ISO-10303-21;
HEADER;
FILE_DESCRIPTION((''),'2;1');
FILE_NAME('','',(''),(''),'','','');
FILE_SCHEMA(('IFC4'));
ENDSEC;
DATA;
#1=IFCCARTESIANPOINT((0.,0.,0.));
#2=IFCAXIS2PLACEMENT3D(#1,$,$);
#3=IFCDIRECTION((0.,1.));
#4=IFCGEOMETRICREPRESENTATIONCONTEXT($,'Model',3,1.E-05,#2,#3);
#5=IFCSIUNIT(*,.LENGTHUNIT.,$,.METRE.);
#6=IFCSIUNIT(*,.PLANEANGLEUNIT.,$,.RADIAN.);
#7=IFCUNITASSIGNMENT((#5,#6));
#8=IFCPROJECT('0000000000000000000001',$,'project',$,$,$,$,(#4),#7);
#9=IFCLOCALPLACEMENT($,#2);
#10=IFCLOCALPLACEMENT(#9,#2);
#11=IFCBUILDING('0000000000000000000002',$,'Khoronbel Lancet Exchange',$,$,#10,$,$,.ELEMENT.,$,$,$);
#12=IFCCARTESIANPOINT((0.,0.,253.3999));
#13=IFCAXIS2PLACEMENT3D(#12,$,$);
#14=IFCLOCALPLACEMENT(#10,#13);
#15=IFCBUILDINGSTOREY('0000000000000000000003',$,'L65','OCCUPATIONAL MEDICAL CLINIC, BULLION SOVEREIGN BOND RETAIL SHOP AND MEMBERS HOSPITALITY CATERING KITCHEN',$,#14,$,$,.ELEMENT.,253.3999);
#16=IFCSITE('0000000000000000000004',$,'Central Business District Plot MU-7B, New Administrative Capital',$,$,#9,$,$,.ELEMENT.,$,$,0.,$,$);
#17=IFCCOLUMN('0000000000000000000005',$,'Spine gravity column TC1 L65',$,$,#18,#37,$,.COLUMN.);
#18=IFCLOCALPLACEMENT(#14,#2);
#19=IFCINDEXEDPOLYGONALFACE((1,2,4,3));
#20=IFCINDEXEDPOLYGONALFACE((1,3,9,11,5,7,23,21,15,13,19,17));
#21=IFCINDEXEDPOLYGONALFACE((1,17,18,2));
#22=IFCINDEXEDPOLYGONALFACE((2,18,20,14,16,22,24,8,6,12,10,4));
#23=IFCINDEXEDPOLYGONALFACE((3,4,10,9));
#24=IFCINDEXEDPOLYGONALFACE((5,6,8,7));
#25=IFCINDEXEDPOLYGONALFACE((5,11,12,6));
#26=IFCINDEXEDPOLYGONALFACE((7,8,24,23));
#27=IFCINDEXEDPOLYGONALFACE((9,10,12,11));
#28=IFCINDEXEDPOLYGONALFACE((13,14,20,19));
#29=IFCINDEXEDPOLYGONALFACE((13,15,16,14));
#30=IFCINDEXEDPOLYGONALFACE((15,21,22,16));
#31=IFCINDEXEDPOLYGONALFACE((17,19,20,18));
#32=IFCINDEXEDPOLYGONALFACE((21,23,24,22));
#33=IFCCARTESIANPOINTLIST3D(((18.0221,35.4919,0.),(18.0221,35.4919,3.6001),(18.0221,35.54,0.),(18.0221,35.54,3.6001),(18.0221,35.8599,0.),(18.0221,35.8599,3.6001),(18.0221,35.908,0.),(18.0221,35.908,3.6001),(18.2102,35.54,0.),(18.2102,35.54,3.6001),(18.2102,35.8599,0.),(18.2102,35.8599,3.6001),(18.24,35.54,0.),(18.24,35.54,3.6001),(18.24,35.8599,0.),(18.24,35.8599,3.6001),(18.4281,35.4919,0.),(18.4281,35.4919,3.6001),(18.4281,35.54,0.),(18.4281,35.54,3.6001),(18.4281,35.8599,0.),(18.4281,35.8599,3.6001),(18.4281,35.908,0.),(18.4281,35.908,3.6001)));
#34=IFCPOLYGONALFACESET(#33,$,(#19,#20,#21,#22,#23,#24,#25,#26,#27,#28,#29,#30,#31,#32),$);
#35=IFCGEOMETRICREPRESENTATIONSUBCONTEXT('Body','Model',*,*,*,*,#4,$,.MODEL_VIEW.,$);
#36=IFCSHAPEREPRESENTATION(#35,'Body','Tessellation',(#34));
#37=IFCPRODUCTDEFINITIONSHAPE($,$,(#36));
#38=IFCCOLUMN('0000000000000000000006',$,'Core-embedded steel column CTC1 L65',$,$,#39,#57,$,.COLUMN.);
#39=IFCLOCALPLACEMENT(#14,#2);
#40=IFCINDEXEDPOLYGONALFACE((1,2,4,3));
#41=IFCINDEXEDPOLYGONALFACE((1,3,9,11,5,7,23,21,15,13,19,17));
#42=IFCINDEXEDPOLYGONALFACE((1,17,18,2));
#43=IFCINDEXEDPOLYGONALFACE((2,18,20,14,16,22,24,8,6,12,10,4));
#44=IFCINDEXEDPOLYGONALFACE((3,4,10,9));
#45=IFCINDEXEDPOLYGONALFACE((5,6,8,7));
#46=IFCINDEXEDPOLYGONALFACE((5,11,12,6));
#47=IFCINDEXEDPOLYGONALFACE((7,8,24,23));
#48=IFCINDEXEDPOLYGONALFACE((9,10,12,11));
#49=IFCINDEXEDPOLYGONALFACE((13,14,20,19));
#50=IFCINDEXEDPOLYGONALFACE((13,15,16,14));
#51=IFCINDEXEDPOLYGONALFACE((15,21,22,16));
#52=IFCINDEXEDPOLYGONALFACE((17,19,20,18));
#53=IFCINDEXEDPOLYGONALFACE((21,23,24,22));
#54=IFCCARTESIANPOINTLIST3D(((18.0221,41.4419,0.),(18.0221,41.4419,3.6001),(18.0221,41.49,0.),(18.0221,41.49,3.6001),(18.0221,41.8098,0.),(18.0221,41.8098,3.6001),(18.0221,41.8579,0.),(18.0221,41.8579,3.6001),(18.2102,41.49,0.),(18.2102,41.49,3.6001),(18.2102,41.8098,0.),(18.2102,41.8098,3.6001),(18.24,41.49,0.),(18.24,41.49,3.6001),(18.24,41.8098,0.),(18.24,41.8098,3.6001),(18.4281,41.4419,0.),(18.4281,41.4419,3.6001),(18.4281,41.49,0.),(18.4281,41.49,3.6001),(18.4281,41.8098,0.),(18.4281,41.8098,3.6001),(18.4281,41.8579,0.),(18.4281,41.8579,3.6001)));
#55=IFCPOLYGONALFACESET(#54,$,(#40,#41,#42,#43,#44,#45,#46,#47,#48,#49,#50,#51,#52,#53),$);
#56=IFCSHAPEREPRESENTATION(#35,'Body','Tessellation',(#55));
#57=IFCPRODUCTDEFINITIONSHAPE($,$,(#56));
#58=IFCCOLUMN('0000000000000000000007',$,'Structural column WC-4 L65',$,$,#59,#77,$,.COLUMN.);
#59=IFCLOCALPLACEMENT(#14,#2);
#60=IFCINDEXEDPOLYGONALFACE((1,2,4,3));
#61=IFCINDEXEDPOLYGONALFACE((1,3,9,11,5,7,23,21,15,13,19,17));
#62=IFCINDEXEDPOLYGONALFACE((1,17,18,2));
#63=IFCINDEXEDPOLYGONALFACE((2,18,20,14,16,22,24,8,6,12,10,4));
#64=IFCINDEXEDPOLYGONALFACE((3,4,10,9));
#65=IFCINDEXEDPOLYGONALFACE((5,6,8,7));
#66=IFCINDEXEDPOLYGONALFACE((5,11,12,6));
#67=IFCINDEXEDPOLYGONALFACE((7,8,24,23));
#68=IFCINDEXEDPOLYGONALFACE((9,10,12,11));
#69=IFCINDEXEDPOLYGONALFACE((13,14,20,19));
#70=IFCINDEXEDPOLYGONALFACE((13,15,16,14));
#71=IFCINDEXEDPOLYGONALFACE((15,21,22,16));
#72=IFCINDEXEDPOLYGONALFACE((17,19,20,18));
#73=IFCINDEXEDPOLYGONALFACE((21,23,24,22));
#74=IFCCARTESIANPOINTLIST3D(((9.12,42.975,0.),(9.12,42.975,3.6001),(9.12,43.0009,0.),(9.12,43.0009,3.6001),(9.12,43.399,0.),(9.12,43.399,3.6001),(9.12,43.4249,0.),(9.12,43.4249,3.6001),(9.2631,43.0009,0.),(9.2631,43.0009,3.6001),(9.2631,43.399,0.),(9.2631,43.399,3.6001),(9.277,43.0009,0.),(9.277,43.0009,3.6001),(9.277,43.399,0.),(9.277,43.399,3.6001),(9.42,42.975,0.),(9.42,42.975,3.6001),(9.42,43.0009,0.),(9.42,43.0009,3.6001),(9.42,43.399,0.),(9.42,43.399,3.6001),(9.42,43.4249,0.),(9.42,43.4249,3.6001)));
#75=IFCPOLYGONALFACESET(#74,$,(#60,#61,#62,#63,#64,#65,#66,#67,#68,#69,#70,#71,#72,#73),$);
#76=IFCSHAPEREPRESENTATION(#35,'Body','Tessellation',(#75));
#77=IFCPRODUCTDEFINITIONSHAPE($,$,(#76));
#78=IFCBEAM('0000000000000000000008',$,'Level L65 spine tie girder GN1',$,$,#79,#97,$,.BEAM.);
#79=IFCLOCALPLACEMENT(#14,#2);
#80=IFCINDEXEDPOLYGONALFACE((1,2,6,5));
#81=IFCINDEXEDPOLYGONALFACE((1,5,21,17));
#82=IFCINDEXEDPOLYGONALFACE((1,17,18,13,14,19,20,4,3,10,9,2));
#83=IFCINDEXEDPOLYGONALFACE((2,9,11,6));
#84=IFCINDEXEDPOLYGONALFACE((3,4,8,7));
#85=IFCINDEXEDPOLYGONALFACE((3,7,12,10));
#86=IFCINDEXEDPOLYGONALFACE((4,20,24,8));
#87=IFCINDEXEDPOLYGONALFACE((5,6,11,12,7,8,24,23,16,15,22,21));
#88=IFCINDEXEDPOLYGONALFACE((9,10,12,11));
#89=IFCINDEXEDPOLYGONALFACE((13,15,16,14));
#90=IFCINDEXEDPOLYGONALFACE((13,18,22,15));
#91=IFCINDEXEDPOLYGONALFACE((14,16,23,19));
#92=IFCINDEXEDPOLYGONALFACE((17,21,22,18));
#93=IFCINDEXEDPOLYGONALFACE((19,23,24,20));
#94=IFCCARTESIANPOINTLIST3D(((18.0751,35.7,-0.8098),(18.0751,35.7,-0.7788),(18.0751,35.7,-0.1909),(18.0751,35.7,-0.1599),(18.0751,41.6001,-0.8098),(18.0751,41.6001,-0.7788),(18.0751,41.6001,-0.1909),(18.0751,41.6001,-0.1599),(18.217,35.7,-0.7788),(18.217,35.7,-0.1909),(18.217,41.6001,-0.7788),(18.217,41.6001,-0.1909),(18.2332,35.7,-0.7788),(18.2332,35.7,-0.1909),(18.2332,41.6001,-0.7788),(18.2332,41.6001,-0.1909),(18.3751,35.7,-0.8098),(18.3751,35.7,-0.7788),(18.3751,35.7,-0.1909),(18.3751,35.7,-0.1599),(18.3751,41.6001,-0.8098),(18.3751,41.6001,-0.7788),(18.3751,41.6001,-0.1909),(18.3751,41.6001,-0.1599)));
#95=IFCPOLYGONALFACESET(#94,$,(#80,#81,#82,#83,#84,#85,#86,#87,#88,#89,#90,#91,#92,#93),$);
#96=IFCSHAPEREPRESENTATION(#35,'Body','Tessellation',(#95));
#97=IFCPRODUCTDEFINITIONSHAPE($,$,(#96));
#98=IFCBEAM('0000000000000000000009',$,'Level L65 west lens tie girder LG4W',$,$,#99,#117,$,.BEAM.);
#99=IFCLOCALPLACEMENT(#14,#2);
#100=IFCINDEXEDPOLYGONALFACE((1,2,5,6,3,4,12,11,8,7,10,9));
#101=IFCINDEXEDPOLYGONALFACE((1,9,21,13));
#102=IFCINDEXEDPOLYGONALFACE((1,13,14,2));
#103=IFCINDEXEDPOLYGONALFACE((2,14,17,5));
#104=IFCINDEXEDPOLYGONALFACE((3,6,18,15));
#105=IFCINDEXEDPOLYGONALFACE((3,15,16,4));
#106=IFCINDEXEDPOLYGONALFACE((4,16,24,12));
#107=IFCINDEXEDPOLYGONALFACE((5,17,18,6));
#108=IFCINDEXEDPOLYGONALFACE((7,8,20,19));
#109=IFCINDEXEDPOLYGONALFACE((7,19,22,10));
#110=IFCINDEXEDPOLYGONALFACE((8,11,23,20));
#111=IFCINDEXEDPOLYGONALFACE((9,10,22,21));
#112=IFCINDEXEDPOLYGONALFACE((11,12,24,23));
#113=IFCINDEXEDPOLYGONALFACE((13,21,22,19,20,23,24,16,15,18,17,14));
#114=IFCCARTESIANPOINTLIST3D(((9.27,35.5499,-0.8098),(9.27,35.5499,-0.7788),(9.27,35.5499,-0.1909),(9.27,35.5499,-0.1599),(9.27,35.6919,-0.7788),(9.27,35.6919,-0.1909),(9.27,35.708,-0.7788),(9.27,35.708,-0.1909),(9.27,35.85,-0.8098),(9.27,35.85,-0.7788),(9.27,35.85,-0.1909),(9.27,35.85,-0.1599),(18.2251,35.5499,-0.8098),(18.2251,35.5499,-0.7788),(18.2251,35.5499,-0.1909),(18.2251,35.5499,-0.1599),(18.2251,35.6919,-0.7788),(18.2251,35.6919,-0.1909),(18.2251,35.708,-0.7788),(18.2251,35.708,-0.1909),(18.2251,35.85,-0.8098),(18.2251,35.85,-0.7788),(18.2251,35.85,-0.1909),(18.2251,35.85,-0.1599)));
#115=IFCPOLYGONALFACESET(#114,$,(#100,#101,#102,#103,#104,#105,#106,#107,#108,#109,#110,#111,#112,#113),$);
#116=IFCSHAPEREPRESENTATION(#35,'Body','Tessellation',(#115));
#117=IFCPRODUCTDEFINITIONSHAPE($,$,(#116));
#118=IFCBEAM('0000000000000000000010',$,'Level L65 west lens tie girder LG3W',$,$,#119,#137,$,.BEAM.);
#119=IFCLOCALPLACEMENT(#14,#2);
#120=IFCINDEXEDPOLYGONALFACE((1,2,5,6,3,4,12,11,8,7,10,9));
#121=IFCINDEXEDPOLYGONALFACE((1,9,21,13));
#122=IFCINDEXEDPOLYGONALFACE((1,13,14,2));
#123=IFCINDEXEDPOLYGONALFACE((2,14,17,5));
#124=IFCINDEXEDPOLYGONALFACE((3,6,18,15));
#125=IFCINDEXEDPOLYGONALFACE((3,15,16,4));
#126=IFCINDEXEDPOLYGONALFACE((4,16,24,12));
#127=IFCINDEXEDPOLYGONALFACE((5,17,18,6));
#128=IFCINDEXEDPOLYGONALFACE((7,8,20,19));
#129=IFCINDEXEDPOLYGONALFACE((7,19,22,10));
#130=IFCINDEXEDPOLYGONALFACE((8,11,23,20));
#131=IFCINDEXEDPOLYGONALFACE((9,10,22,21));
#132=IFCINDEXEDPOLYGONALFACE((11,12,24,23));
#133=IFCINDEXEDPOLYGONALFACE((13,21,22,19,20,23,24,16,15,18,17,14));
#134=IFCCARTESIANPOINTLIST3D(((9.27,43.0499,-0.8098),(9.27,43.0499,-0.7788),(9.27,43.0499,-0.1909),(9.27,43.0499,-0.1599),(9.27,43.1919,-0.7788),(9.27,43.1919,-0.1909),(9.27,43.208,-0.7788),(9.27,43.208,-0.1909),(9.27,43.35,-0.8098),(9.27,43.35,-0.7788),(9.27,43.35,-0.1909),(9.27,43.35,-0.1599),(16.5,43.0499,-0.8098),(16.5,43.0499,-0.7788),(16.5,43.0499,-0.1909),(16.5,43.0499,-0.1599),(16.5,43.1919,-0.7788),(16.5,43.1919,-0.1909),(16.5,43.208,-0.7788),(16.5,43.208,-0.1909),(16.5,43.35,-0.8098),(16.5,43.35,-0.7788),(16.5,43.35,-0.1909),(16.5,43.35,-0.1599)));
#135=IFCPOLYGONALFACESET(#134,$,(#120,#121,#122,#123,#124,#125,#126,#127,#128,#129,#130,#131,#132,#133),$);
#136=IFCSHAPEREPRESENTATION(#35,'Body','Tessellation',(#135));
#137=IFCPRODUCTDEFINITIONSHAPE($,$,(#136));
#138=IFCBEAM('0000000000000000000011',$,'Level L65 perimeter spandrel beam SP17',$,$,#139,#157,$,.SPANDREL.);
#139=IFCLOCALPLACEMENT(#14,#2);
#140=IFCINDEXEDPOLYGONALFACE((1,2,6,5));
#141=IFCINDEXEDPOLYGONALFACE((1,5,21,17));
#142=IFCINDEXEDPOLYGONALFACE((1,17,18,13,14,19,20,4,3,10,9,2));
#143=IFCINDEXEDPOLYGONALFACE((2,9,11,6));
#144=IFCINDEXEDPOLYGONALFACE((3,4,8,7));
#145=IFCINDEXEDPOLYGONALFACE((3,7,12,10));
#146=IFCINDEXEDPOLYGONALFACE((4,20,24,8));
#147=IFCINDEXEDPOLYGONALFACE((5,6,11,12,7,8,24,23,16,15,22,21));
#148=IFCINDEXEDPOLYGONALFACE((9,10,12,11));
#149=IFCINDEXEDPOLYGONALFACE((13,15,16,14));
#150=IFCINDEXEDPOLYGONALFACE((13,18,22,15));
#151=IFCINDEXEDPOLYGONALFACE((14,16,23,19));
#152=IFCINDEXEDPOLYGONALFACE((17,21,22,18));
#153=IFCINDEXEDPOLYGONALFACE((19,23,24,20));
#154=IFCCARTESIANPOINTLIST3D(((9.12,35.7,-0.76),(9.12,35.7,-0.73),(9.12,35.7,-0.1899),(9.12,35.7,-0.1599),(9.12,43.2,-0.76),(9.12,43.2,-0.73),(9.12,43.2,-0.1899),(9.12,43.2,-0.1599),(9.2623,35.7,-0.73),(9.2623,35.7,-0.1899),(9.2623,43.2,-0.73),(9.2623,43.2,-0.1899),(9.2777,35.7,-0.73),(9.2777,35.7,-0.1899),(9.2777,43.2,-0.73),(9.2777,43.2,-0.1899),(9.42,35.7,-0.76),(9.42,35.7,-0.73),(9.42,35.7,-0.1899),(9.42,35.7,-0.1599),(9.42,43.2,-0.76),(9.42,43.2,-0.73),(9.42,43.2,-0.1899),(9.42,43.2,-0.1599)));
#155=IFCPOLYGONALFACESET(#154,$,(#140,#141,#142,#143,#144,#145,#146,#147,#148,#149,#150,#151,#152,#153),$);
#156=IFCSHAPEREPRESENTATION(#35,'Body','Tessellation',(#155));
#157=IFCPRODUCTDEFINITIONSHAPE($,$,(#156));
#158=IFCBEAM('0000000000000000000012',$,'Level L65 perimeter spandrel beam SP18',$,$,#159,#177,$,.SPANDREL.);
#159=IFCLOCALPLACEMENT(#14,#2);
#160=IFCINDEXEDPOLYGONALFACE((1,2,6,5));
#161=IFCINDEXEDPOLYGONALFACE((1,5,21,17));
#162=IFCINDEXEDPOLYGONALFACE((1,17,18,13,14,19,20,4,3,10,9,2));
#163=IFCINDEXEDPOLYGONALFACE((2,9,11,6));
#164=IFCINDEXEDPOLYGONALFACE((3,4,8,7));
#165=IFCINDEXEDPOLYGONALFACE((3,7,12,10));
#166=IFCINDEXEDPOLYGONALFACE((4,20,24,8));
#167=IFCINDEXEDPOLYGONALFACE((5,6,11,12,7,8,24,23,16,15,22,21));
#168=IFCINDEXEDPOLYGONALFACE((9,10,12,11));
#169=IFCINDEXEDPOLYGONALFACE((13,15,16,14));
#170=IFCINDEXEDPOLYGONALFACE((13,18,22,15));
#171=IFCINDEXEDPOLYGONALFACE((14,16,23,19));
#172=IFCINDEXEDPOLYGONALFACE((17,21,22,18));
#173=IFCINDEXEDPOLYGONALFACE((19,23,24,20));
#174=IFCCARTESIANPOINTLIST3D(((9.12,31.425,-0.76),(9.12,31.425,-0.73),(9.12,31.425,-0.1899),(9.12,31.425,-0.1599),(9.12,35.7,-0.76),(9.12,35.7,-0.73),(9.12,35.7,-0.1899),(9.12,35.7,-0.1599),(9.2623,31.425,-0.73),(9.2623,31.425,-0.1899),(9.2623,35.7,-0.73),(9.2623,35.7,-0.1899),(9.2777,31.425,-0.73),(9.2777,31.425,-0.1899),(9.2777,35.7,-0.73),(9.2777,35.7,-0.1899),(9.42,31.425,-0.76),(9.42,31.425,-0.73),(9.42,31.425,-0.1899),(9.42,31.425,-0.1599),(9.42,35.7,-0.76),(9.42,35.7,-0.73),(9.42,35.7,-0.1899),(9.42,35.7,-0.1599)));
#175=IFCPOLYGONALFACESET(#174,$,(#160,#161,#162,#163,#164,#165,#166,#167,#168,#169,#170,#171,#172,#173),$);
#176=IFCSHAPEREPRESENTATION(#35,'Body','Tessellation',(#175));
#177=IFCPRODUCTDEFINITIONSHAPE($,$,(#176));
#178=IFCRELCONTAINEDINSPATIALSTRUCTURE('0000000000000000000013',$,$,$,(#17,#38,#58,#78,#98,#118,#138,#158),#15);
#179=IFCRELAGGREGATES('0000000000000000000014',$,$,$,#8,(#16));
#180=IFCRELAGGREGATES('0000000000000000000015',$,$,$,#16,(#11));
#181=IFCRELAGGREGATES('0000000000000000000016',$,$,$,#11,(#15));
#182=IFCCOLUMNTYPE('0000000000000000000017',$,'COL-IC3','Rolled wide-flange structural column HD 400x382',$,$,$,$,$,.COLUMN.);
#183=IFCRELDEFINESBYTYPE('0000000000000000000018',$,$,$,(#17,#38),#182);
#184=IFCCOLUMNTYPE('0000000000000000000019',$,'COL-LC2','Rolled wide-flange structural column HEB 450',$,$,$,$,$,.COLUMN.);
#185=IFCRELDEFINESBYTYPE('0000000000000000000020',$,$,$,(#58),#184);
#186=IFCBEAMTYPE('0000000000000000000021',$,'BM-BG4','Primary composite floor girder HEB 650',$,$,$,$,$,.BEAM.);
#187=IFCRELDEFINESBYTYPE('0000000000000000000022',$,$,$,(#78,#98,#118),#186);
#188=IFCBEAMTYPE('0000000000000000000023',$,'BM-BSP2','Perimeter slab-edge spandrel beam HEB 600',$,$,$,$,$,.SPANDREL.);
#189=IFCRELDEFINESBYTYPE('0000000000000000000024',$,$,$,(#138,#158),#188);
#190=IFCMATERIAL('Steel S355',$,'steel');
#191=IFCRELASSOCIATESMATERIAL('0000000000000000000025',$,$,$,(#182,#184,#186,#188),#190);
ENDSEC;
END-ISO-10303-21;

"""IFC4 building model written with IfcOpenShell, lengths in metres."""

from ifc_helpers import new_model, si_unit, direction, frame, origin, origin_2d, place, context, subcontext, project, spatial, i_section, extrude, material, material_profile, profile_set, type_object, element, save


model = new_model("IFC4")

# Units and contexts
model_context = context("Model", 3, precision=1e-05, world=origin(), true_north=direction((0.0, 1.0)))
body_context = subcontext(model_context, "Body", "Model", "MODEL_VIEW")
ifc_project = project(units=[si_unit("LENGTHUNIT", "METRE"), si_unit("PLANEANGLEUNIT", "RADIAN")], contexts=[model_context])

# Site, building, storey
site_placement = place(None, origin())
site = spatial("IfcSite", under=ifc_project, at=site_placement, Name="Central Business District Plot MU-7B, New Administrative Capital", CompositionType="ELEMENT", RefElevation=0.0)
building_placement = place(site_placement, origin())
building = spatial("IfcBuilding", under=site, at=building_placement, Name="Khoronbel Lancet Exchange", CompositionType="ELEMENT")
storey_placement = place(building_placement, frame((0.0, 0.0, 253.3999)))
storey = spatial("IfcBuildingStorey", under=building, at=storey_placement, Name="L65", Description="OCCUPATIONAL MEDICAL CLINIC, BULLION SOVEREIGN BOND RETAIL SHOP AND MEMBERS HOSPITALITY CATERING KITCHEN", CompositionType="ELEMENT", Elevation=253.3999)

# Columns
ifc_material_1 = material(Name="Steel S355", Category="steel")
ifc_material_profile_1 = material_profile(ifc_material_1, i_section(OverallWidth=0.406, OverallDepth=0.416, WebThickness=0.0298, FlangeThickness=0.0481, at=origin_2d()), Name="HD 400x382")
ifc_profile_set_1 = profile_set([ifc_material_profile_1], Name="Steel S355")
column_type_1 = type_object("IfcColumnType", Name="COL-IC3", Description="Rolled wide-flange structural column HD 400x382", PredefinedType="COLUMN", material=ifc_profile_set_1)
for number, where, z_axis, x_axis, name in (
    (1, (18.2251, 35.7, 0.0), (0.0, 0.0, 1.0), (1.0, 0.0, 0.0), "Spine gravity column TC1 L65"),
    (2, (18.2251, 41.6499, 0.0), (0.0, 0.0, 1.0), (1.0, 0.0, 0.0), "Core-embedded steel column CTC1 L65"),
):
    element("IfcColumn", number, at=place(storey_placement, frame(where, z_axis=z_axis, x_axis=x_axis)), inside=storey, type_object=column_type_1, Name=name, PredefinedType="COLUMN", context=body_context, shape_type="SweptSolid", body=[
        extrude(i_section(OverallWidth=0.406, OverallDepth=0.416, WebThickness=0.0298, FlangeThickness=0.0481, at=origin_2d()), origin(), (0.0, 0.0, 1.0), 3.6001),
    ])
ifc_material_profile_2 = material_profile(ifc_material_1, i_section(OverallWidth=0.3, OverallDepth=0.45, WebThickness=0.0139, FlangeThickness=0.0259, at=origin_2d()), Name="HEB 450")
ifc_profile_set_2 = profile_set([ifc_material_profile_2], Name="Steel S355")
column_type_2 = type_object("IfcColumnType", Name="COL-LC2", Description="Rolled wide-flange structural column HEB 450", PredefinedType="COLUMN", material=ifc_profile_set_2)
column_placement = place(storey_placement, frame((9.27, 43.2, 0.0), z_axis=(0.0, 0.0, 1.0), x_axis=(1.0, 0.0, 0.0)))
element("IfcColumn", 3, at=column_placement, inside=storey, type_object=column_type_2, Name="Structural column WC-4 L65", PredefinedType="COLUMN", context=body_context, shape_type="SweptSolid", body=[
    extrude(i_section(OverallWidth=0.3, OverallDepth=0.45, WebThickness=0.0139, FlangeThickness=0.0259, at=origin_2d()), origin(), (0.0, 0.0, 1.0), 3.6001),
])

# Beams
ifc_material_profile_3 = material_profile(ifc_material_1, i_section(OverallWidth=0.3, OverallDepth=0.6499, WebThickness=0.0161, FlangeThickness=0.031, at=origin_2d()), Name="HEB 650")
ifc_profile_set_3 = profile_set([ifc_material_profile_3], Name="Steel S355")
beam_type_1 = type_object("IfcBeamType", Name="BM-BG4", Description="Primary composite floor girder HEB 650", PredefinedType="BEAM", material=ifc_profile_set_3)
beam_1_placement = place(storey_placement, frame((18.2251, 35.7, -0.4849), z_axis=(0.0, 1.0, 0.0), x_axis=(-1.0, 0.0, 0.0)))
element("IfcBeam", 4, at=beam_1_placement, inside=storey, type_object=beam_type_1, Name="Level L65 spine tie girder GN1", PredefinedType="BEAM", context=body_context, shape_type="SweptSolid", body=[
    extrude(i_section(OverallWidth=0.3, OverallDepth=0.6499, WebThickness=0.0161, FlangeThickness=0.031, at=origin_2d()), origin(), (0.0, 0.0, 1.0), 5.9001),
])
beam_2_placement = place(storey_placement, frame((9.27, 35.7, -0.4849), z_axis=(1.0, 0.0, 0.0), x_axis=(0.0, 1.0, 0.0)))
element("IfcBeam", 5, at=beam_2_placement, inside=storey, type_object=beam_type_1, Name="Level L65 west lens tie girder LG4W", PredefinedType="BEAM", context=body_context, shape_type="SweptSolid", body=[
    extrude(i_section(OverallWidth=0.3, OverallDepth=0.6499, WebThickness=0.0161, FlangeThickness=0.031, at=origin_2d()), origin(), (0.0, 0.0, 1.0), 8.9551),
])
beam_3_placement = place(storey_placement, frame((9.27, 43.2, -0.4849), z_axis=(1.0, 0.0, 0.0), x_axis=(0.0, 1.0, 0.0)))
element("IfcBeam", 6, at=beam_3_placement, inside=storey, type_object=beam_type_1, Name="Level L65 west lens tie girder LG3W", PredefinedType="BEAM", context=body_context, shape_type="SweptSolid", body=[
    extrude(i_section(OverallWidth=0.3, OverallDepth=0.6499, WebThickness=0.0161, FlangeThickness=0.031, at=origin_2d()), origin(), (0.0, 0.0, 1.0), 7.23),
])
ifc_material_profile_4 = material_profile(ifc_material_1, i_section(OverallWidth=0.3, OverallDepth=0.6001, WebThickness=0.0154, FlangeThickness=0.03, at=origin_2d()), Name="HEB 600")
ifc_profile_set_4 = profile_set([ifc_material_profile_4], Name="Steel S355")
beam_type_2 = type_object("IfcBeamType", Name="BM-BSP2", Description="Perimeter slab-edge spandrel beam HEB 600", PredefinedType="SPANDREL", material=ifc_profile_set_4)
beam_4_placement = place(storey_placement, frame((9.27, 43.2, -0.46), z_axis=(0.0, -1.0, 0.0), x_axis=(1.0, 0.0, 0.0)))
element("IfcBeam", 7, at=beam_4_placement, inside=storey, type_object=beam_type_2, Name="Level L65 perimeter spandrel beam SP17", PredefinedType="SPANDREL", context=body_context, shape_type="SweptSolid", body=[
    extrude(i_section(OverallWidth=0.3, OverallDepth=0.6001, WebThickness=0.0154, FlangeThickness=0.03, at=origin_2d()), origin(), (0.0, 0.0, 1.0), 7.5),
])
beam_5_placement = place(storey_placement, frame((9.27, 35.7, -0.46), z_axis=(0.0, -1.0, 0.0), x_axis=(1.0, 0.0, 0.0)))
element("IfcBeam", 8, at=beam_5_placement, inside=storey, type_object=beam_type_2, Name="Level L65 perimeter spandrel beam SP18", PredefinedType="SPANDREL", context=body_context, shape_type="SweptSolid", body=[
    extrude(i_section(OverallWidth=0.3, OverallDepth=0.6001, WebThickness=0.0154, FlangeThickness=0.03, at=origin_2d()), origin(), (0.0, 0.0, 1.0), 4.2749),
])

save(model, "model.ifc")
